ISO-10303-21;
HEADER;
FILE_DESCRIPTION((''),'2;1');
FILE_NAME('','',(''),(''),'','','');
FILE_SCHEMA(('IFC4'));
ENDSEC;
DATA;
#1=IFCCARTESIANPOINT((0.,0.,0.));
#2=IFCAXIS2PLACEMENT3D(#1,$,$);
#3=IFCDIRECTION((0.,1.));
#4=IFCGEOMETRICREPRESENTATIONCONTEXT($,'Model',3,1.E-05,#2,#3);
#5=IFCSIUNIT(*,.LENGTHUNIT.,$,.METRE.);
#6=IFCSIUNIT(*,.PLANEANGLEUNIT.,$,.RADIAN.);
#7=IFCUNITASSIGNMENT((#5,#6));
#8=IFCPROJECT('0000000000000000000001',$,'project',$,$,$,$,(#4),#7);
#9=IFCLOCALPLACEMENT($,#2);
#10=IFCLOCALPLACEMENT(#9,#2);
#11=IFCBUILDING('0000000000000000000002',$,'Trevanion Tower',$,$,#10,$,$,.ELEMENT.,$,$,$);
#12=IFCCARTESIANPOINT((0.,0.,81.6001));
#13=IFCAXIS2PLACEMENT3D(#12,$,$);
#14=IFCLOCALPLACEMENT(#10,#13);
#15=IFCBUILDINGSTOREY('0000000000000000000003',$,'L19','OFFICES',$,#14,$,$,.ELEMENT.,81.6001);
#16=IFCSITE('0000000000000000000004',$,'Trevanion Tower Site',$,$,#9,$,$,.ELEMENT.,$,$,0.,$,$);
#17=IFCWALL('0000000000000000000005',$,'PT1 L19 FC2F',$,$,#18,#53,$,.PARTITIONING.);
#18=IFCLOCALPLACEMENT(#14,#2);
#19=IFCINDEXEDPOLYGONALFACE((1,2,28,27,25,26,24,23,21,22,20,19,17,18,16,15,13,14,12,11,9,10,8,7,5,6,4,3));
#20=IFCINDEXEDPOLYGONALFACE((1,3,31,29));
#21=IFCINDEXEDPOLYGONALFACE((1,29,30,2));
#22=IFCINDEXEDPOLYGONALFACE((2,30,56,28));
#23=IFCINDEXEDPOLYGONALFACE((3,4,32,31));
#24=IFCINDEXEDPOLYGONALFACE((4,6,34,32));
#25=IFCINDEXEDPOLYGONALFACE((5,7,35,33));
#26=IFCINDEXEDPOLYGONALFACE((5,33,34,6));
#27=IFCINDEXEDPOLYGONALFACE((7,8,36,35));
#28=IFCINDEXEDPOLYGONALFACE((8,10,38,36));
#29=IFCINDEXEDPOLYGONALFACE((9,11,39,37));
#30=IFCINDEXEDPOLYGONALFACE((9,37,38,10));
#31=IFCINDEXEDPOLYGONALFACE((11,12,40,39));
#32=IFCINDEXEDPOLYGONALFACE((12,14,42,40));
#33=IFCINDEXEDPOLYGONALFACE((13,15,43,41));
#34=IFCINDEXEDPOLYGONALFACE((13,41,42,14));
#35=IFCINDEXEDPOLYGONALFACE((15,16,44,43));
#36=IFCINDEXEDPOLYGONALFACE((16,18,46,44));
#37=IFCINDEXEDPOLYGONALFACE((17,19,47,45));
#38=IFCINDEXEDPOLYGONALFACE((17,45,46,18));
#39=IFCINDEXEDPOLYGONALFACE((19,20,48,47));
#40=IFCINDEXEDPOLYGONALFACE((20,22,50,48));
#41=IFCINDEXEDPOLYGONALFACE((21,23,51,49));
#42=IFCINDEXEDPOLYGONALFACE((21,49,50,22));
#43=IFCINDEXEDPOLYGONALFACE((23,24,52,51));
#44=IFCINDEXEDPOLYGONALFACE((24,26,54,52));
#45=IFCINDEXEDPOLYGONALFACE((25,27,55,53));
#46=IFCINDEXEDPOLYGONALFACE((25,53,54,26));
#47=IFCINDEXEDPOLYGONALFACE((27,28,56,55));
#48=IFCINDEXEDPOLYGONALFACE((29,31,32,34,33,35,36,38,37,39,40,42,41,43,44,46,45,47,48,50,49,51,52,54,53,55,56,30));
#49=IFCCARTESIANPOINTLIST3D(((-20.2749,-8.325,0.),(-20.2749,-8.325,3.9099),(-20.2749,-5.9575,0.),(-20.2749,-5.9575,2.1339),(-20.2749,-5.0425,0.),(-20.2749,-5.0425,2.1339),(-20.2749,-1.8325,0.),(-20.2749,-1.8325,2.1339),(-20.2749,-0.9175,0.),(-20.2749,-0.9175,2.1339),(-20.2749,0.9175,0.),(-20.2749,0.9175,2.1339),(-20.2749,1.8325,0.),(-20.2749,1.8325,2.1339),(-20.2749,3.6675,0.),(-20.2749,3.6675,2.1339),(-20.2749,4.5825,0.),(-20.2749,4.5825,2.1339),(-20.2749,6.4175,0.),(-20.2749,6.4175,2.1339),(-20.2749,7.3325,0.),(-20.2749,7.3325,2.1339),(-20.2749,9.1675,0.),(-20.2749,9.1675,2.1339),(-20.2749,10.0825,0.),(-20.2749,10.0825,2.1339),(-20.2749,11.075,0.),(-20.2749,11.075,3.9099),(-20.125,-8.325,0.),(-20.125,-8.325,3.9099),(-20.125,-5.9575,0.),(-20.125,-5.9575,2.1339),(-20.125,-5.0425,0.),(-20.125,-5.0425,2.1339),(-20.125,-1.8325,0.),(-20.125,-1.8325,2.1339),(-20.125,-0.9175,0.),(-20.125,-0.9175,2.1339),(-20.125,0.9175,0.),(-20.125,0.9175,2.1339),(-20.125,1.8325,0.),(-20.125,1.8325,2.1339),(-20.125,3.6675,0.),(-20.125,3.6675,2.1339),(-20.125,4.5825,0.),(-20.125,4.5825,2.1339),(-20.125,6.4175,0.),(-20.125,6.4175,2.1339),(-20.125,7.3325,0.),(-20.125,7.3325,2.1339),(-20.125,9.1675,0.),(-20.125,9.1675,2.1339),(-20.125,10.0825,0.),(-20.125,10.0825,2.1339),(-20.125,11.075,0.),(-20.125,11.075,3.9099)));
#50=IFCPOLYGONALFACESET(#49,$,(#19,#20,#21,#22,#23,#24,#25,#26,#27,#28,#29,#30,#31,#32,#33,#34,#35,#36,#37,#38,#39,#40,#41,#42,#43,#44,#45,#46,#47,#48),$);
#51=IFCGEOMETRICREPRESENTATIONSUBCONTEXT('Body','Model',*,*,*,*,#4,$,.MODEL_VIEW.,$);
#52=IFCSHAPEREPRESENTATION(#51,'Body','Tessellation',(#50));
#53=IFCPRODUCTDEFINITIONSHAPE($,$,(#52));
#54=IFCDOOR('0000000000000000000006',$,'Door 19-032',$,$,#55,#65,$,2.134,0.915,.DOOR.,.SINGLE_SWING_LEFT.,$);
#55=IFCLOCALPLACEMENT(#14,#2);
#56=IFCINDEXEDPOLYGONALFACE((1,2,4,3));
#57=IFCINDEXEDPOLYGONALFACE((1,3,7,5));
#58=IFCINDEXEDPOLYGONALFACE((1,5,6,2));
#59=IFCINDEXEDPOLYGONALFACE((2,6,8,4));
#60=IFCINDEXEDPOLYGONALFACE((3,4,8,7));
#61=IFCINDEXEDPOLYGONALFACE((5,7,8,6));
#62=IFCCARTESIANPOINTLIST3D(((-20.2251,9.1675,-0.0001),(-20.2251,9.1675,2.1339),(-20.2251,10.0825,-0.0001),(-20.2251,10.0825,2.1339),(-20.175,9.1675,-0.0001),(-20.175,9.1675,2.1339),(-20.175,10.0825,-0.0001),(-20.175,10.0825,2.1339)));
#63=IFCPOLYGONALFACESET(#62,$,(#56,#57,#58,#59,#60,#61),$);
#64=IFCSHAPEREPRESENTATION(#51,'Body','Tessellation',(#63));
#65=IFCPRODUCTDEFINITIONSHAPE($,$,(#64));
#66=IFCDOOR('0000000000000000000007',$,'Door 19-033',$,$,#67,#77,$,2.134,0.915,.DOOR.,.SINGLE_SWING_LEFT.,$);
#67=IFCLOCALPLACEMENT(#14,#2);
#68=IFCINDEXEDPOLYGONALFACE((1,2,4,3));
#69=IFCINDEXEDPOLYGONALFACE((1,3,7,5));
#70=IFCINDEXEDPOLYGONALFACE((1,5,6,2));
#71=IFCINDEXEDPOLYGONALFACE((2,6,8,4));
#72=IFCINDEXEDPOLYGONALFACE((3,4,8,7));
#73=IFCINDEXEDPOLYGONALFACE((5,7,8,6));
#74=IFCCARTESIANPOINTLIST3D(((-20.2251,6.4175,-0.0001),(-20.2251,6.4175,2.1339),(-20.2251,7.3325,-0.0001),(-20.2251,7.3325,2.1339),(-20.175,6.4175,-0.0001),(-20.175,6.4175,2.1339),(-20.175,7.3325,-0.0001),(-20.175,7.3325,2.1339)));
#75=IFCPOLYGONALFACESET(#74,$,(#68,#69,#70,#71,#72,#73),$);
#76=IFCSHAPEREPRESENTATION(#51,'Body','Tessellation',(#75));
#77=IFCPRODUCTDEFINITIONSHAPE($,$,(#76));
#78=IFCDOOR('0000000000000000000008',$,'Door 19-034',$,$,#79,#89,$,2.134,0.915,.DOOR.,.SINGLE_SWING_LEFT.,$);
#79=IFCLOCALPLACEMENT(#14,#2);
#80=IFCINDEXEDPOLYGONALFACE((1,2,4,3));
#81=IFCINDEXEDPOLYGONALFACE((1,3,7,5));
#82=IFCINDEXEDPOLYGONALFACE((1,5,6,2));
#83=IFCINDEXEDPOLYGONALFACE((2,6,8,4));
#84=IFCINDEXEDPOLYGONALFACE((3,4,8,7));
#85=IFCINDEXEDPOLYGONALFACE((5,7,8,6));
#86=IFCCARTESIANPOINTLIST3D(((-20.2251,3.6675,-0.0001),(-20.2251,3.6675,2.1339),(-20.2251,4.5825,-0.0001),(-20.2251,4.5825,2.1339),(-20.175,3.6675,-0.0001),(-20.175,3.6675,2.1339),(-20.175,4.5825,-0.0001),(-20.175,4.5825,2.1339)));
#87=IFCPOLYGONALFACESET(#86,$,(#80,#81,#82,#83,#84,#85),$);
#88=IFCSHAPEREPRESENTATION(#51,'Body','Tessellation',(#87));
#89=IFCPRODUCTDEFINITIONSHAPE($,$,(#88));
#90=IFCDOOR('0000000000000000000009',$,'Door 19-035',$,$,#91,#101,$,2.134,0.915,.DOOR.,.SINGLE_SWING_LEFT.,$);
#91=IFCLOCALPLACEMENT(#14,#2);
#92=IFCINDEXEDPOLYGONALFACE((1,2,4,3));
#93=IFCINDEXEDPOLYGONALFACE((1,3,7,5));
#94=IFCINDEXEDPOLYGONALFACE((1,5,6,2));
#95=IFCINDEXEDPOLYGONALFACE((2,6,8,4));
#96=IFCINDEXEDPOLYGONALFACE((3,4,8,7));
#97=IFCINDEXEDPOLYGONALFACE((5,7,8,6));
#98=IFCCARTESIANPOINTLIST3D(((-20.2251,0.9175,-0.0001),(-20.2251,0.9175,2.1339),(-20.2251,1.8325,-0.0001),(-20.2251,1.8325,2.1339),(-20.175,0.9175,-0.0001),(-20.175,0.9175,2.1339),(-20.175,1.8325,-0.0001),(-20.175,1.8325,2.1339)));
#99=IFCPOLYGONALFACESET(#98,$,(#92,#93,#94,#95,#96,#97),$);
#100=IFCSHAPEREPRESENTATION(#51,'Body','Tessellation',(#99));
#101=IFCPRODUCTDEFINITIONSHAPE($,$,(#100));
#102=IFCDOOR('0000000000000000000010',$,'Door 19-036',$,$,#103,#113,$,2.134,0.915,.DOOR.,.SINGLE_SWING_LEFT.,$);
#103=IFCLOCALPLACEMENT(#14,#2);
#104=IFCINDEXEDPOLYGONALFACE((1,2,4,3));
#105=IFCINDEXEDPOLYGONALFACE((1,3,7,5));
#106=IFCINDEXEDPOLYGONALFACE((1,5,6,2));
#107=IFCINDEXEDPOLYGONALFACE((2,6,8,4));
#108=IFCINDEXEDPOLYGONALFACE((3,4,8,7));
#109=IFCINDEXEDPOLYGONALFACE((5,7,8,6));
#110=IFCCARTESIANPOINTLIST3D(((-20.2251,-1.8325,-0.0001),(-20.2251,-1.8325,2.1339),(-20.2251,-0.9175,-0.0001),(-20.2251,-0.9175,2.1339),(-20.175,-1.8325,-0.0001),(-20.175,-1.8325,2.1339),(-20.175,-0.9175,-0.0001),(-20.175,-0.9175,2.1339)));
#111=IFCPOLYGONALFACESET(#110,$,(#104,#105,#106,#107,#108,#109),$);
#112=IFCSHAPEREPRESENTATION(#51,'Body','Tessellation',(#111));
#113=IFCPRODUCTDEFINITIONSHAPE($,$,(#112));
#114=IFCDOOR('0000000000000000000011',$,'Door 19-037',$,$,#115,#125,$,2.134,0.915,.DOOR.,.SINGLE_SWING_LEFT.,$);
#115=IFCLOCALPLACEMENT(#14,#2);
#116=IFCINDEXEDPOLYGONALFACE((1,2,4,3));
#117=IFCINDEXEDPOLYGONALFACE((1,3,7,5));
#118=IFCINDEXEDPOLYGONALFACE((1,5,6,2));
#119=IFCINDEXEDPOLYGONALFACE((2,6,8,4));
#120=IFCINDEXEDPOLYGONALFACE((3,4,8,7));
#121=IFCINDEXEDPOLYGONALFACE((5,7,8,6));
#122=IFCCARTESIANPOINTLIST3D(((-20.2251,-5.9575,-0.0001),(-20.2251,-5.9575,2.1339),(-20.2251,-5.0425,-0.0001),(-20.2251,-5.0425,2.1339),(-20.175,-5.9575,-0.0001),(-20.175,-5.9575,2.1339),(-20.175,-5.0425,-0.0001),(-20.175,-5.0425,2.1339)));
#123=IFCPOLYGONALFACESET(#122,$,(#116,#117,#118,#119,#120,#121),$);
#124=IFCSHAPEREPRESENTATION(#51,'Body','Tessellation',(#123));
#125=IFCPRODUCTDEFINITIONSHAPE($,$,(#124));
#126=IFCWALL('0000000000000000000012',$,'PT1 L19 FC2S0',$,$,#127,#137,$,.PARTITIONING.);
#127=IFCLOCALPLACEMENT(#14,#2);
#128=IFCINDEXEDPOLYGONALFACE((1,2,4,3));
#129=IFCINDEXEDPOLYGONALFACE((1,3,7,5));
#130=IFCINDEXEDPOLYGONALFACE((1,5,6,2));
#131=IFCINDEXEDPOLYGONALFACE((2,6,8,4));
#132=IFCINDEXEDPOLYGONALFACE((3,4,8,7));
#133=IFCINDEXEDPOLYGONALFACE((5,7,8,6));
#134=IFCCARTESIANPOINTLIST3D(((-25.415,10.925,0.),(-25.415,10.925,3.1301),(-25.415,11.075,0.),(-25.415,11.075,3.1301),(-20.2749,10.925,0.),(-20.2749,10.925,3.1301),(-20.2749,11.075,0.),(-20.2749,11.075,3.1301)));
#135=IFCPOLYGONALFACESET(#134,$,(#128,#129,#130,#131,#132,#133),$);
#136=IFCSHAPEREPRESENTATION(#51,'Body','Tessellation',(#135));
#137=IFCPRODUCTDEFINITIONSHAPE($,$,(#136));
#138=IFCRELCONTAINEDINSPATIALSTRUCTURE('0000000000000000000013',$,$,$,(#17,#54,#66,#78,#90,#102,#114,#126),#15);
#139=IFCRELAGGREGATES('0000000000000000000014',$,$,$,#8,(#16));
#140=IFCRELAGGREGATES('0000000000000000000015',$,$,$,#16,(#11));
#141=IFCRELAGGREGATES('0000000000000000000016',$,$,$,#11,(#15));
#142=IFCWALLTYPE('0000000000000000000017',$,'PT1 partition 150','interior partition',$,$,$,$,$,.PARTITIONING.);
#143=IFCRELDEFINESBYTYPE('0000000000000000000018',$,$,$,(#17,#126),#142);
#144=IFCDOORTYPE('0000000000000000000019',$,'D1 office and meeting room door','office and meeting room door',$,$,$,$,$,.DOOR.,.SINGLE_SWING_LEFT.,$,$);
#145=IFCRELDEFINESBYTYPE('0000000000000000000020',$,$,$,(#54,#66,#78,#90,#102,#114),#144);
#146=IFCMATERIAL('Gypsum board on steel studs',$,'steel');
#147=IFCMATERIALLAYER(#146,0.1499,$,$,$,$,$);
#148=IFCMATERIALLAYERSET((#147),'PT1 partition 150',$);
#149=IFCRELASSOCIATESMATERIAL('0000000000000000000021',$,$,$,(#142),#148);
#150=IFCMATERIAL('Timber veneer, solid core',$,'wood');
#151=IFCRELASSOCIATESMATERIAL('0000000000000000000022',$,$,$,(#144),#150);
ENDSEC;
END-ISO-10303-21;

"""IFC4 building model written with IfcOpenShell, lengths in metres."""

from ifc_helpers import new_model, si_unit, direction, frame, frame_2d, origin, place, context, subcontext, project, spatial, rectangle, extrude, material, layer, layer_set, type_object, element, fill, save


model = new_model("IFC4")

# Units and contexts
model_context = context("Model", 3, precision=1e-05, world=origin(), true_north=direction((0.0, 1.0)))
body_context = subcontext(model_context, "Body", "Model", "MODEL_VIEW")
ifc_project = project(units=[si_unit("LENGTHUNIT", "METRE"), si_unit("PLANEANGLEUNIT", "RADIAN")], contexts=[model_context])

# Site, building, storey
site_placement = place(None, origin())
site = spatial("IfcSite", under=ifc_project, at=site_placement, Name="Trevanion Tower Site", CompositionType="ELEMENT", RefElevation=0.0)
building_placement = place(site_placement, origin())
building = spatial("IfcBuilding", under=site, at=building_placement, Name="Trevanion Tower", CompositionType="ELEMENT")
storey_placement = place(building_placement, frame((0.0, 0.0, 81.6001)))
storey = spatial("IfcBuildingStorey", under=building, at=storey_placement, Name="L19", Description="OFFICES", CompositionType="ELEMENT", Elevation=81.6001)

# Wall, openings, doors
ifc_material_1 = material(Name="Gypsum board on steel studs", Category="steel")
ifc_layer_1 = layer(ifc_material_1, 0.1499)
ifc_layer_set_1 = layer_set([ifc_layer_1], Name="PT1 partition 150")
wall_type = type_object("IfcWallType", Name="PT1 partition 150", Description="interior partition", PredefinedType="PARTITIONING", material=ifc_layer_set_1)
wall_1_placement = place(storey_placement, frame((-20.2, 11.075, 0.0), z_axis=(0.0, 0.0, 1.0), x_axis=(0.0, -1.0, 0.0)))
wall_1 = element("IfcWall", 1, at=wall_1_placement, inside=storey, type_object=wall_type, Name="PT1 L19 FC2F", PredefinedType="PARTITIONING", context=body_context, shape_type="SweptSolid", body=[
    extrude(rectangle(XDim=19.3999, YDim=0.1499, at=frame_2d((9.7, 0.0))), origin(), (0.0, 0.0, 1.0), 3.9099),
])
opening_1_placement = place(wall_1_placement, frame((0.9924, 0.0, 0.0)))
opening_1 = element("IfcOpeningElement", 2, at=opening_1_placement, cuts=wall_1, PredefinedType="OPENING", context=body_context, shape_type="SweptSolid", body=[
    extrude(rectangle(XDim=0.915, YDim=2.134, at=frame_2d((0.4575, 1.0669))), frame((0.0, 0.085, 0.0), z_axis=(0.0, -1.0, 0.0), x_axis=(1.0, 0.0, 0.0)), (0.0, 0.0, 1.0), 0.1699),
])
opening_2_placement = place(wall_1_placement, frame((3.7424, 0.0, 0.0)))
opening_2 = element("IfcOpeningElement", 3, at=opening_2_placement, cuts=wall_1, PredefinedType="OPENING", context=body_context, shape_type="SweptSolid", body=[
    extrude(rectangle(XDim=0.915, YDim=2.134, at=frame_2d((0.4575, 1.0669))), frame((0.0, 0.085, 0.0), z_axis=(0.0, -1.0, 0.0), x_axis=(1.0, 0.0, 0.0)), (0.0, 0.0, 1.0), 0.1699),
])
opening_3_placement = place(wall_1_placement, frame((6.4924, 0.0, 0.0)))
opening_3 = element("IfcOpeningElement", 4, at=opening_3_placement, cuts=wall_1, PredefinedType="OPENING", context=body_context, shape_type="SweptSolid", body=[
    extrude(rectangle(XDim=0.915, YDim=2.134, at=frame_2d((0.4575, 1.0669))), frame((0.0, 0.085, 0.0), z_axis=(0.0, -1.0, 0.0), x_axis=(1.0, 0.0, 0.0)), (0.0, 0.0, 1.0), 0.1699),
])
opening_4_placement = place(wall_1_placement, frame((9.2424, 0.0, 0.0)))
opening_4 = element("IfcOpeningElement", 5, at=opening_4_placement, cuts=wall_1, PredefinedType="OPENING", context=body_context, shape_type="SweptSolid", body=[
    extrude(rectangle(XDim=0.915, YDim=2.134, at=frame_2d((0.4575, 1.0669))), frame((0.0, 0.085, 0.0), z_axis=(0.0, -1.0, 0.0), x_axis=(1.0, 0.0, 0.0)), (0.0, 0.0, 1.0), 0.1699),
])
opening_5_placement = place(wall_1_placement, frame((11.9924, 0.0, 0.0)))
opening_5 = element("IfcOpeningElement", 6, at=opening_5_placement, cuts=wall_1, PredefinedType="OPENING", context=body_context, shape_type="SweptSolid", body=[
    extrude(rectangle(XDim=0.915, YDim=2.134, at=frame_2d((0.4575, 1.0669))), frame((0.0, 0.085, 0.0), z_axis=(0.0, -1.0, 0.0), x_axis=(1.0, 0.0, 0.0)), (0.0, 0.0, 1.0), 0.1699),
])
opening_6_placement = place(wall_1_placement, frame((16.1174, 0.0, 0.0)))
opening_6 = element("IfcOpeningElement", 7, at=opening_6_placement, cuts=wall_1, PredefinedType="OPENING", context=body_context, shape_type="SweptSolid", body=[
    extrude(rectangle(XDim=0.915, YDim=2.134, at=frame_2d((0.4575, 1.0669))), frame((0.0, 0.085, 0.0), z_axis=(0.0, -1.0, 0.0), x_axis=(1.0, 0.0, 0.0)), (0.0, 0.0, 1.0), 0.1699),
])
ifc_material_2 = material(Name="Timber veneer, solid core", Category="wood")
door_type = type_object("IfcDoorType", Name="D1 office and meeting room door", Description="office and meeting room door", OperationType="SINGLE_SWING_LEFT", PredefinedType="DOOR", material=ifc_material_2)
door_1_placement = place(opening_1_placement, origin())
door_1 = element("IfcDoor", 8, at=door_1_placement, inside=storey, type_object=door_type, Name="Door 19-032", OperationType="SINGLE_SWING_LEFT", OverallHeight=2.134, OverallWidth=0.915, PredefinedType="DOOR", context=body_context, shape_type="SweptSolid", body=[
    extrude(rectangle(XDim=0.915, YDim=2.134, at=frame_2d((0.4575, 1.0669))), frame((0.0, 0.0249, 0.0), z_axis=(0.0, -1.0, 0.0), x_axis=(1.0, 0.0, 0.0)), (0.0, 0.0, 1.0), 0.05),
])
fill(opening_1, door_1)
door_2_placement = place(opening_2_placement, origin())
door_2 = element("IfcDoor", 9, at=door_2_placement, inside=storey, type_object=door_type, Name="Door 19-033", OperationType="SINGLE_SWING_LEFT", OverallHeight=2.134, OverallWidth=0.915, PredefinedType="DOOR", context=body_context, shape_type="SweptSolid", body=[
    extrude(rectangle(XDim=0.915, YDim=2.134, at=frame_2d((0.4575, 1.0669))), frame((0.0, 0.0249, 0.0), z_axis=(0.0, -1.0, 0.0), x_axis=(1.0, 0.0, 0.0)), (0.0, 0.0, 1.0), 0.05),
])
fill(opening_2, door_2)
door_3_placement = place(opening_3_placement, origin())
door_3 = element("IfcDoor", 10, at=door_3_placement, inside=storey, type_object=door_type, Name="Door 19-034", OperationType="SINGLE_SWING_LEFT", OverallHeight=2.134, OverallWidth=0.915, PredefinedType="DOOR", context=body_context, shape_type="SweptSolid", body=[
    extrude(rectangle(XDim=0.915, YDim=2.134, at=frame_2d((0.4575, 1.0669))), frame((0.0, 0.0249, 0.0), z_axis=(0.0, -1.0, 0.0), x_axis=(1.0, 0.0, 0.0)), (0.0, 0.0, 1.0), 0.05),
])
fill(opening_3, door_3)
door_4_placement = place(opening_4_placement, origin())
door_4 = element("IfcDoor", 11, at=door_4_placement, inside=storey, type_object=door_type, Name="Door 19-035", OperationType="SINGLE_SWING_LEFT", OverallHeight=2.134, OverallWidth=0.915, PredefinedType="DOOR", context=body_context, shape_type="SweptSolid", body=[
    extrude(rectangle(XDim=0.915, YDim=2.134, at=frame_2d((0.4575, 1.0669))), frame((0.0, 0.0249, 0.0), z_axis=(0.0, -1.0, 0.0), x_axis=(1.0, 0.0, 0.0)), (0.0, 0.0, 1.0), 0.05),
])
fill(opening_4, door_4)
door_5_placement = place(opening_5_placement, origin())
door_5 = element("IfcDoor", 12, at=door_5_placement, inside=storey, type_object=door_type, Name="Door 19-036", OperationType="SINGLE_SWING_LEFT", OverallHeight=2.134, OverallWidth=0.915, PredefinedType="DOOR", context=body_context, shape_type="SweptSolid", body=[
    extrude(rectangle(XDim=0.915, YDim=2.134, at=frame_2d((0.4575, 1.0669))), frame((0.0, 0.0249, 0.0), z_axis=(0.0, -1.0, 0.0), x_axis=(1.0, 0.0, 0.0)), (0.0, 0.0, 1.0), 0.05),
])
fill(opening_5, door_5)
door_6_placement = place(opening_6_placement, origin())
door_6 = element("IfcDoor", 13, at=door_6_placement, inside=storey, type_object=door_type, Name="Door 19-037", OperationType="SINGLE_SWING_LEFT", OverallHeight=2.134, OverallWidth=0.915, PredefinedType="DOOR", context=body_context, shape_type="SweptSolid", body=[
    extrude(rectangle(XDim=0.915, YDim=2.134, at=frame_2d((0.4575, 1.0669))), frame((0.0, 0.0249, 0.0), z_axis=(0.0, -1.0, 0.0), x_axis=(1.0, 0.0, 0.0)), (0.0, 0.0, 1.0), 0.05),
])
fill(opening_6, door_6)

# Wall
wall_2_placement = place(storey_placement, frame((-20.2749, 11.0, 0.0), z_axis=(0.0, 0.0, 1.0), x_axis=(-1.0, 0.0, 0.0)))
element("IfcWall", 14, at=wall_2_placement, inside=storey, type_object=wall_type, Name="PT1 L19 FC2S0", PredefinedType="PARTITIONING", context=body_context, shape_type="SweptSolid", body=[
    extrude(rectangle(XDim=5.1401, YDim=0.1499, at=frame_2d((2.5701, 0.0))), origin(), (0.0, 0.0, 1.0), 3.1301),
])

save(model, "model.ifc")
